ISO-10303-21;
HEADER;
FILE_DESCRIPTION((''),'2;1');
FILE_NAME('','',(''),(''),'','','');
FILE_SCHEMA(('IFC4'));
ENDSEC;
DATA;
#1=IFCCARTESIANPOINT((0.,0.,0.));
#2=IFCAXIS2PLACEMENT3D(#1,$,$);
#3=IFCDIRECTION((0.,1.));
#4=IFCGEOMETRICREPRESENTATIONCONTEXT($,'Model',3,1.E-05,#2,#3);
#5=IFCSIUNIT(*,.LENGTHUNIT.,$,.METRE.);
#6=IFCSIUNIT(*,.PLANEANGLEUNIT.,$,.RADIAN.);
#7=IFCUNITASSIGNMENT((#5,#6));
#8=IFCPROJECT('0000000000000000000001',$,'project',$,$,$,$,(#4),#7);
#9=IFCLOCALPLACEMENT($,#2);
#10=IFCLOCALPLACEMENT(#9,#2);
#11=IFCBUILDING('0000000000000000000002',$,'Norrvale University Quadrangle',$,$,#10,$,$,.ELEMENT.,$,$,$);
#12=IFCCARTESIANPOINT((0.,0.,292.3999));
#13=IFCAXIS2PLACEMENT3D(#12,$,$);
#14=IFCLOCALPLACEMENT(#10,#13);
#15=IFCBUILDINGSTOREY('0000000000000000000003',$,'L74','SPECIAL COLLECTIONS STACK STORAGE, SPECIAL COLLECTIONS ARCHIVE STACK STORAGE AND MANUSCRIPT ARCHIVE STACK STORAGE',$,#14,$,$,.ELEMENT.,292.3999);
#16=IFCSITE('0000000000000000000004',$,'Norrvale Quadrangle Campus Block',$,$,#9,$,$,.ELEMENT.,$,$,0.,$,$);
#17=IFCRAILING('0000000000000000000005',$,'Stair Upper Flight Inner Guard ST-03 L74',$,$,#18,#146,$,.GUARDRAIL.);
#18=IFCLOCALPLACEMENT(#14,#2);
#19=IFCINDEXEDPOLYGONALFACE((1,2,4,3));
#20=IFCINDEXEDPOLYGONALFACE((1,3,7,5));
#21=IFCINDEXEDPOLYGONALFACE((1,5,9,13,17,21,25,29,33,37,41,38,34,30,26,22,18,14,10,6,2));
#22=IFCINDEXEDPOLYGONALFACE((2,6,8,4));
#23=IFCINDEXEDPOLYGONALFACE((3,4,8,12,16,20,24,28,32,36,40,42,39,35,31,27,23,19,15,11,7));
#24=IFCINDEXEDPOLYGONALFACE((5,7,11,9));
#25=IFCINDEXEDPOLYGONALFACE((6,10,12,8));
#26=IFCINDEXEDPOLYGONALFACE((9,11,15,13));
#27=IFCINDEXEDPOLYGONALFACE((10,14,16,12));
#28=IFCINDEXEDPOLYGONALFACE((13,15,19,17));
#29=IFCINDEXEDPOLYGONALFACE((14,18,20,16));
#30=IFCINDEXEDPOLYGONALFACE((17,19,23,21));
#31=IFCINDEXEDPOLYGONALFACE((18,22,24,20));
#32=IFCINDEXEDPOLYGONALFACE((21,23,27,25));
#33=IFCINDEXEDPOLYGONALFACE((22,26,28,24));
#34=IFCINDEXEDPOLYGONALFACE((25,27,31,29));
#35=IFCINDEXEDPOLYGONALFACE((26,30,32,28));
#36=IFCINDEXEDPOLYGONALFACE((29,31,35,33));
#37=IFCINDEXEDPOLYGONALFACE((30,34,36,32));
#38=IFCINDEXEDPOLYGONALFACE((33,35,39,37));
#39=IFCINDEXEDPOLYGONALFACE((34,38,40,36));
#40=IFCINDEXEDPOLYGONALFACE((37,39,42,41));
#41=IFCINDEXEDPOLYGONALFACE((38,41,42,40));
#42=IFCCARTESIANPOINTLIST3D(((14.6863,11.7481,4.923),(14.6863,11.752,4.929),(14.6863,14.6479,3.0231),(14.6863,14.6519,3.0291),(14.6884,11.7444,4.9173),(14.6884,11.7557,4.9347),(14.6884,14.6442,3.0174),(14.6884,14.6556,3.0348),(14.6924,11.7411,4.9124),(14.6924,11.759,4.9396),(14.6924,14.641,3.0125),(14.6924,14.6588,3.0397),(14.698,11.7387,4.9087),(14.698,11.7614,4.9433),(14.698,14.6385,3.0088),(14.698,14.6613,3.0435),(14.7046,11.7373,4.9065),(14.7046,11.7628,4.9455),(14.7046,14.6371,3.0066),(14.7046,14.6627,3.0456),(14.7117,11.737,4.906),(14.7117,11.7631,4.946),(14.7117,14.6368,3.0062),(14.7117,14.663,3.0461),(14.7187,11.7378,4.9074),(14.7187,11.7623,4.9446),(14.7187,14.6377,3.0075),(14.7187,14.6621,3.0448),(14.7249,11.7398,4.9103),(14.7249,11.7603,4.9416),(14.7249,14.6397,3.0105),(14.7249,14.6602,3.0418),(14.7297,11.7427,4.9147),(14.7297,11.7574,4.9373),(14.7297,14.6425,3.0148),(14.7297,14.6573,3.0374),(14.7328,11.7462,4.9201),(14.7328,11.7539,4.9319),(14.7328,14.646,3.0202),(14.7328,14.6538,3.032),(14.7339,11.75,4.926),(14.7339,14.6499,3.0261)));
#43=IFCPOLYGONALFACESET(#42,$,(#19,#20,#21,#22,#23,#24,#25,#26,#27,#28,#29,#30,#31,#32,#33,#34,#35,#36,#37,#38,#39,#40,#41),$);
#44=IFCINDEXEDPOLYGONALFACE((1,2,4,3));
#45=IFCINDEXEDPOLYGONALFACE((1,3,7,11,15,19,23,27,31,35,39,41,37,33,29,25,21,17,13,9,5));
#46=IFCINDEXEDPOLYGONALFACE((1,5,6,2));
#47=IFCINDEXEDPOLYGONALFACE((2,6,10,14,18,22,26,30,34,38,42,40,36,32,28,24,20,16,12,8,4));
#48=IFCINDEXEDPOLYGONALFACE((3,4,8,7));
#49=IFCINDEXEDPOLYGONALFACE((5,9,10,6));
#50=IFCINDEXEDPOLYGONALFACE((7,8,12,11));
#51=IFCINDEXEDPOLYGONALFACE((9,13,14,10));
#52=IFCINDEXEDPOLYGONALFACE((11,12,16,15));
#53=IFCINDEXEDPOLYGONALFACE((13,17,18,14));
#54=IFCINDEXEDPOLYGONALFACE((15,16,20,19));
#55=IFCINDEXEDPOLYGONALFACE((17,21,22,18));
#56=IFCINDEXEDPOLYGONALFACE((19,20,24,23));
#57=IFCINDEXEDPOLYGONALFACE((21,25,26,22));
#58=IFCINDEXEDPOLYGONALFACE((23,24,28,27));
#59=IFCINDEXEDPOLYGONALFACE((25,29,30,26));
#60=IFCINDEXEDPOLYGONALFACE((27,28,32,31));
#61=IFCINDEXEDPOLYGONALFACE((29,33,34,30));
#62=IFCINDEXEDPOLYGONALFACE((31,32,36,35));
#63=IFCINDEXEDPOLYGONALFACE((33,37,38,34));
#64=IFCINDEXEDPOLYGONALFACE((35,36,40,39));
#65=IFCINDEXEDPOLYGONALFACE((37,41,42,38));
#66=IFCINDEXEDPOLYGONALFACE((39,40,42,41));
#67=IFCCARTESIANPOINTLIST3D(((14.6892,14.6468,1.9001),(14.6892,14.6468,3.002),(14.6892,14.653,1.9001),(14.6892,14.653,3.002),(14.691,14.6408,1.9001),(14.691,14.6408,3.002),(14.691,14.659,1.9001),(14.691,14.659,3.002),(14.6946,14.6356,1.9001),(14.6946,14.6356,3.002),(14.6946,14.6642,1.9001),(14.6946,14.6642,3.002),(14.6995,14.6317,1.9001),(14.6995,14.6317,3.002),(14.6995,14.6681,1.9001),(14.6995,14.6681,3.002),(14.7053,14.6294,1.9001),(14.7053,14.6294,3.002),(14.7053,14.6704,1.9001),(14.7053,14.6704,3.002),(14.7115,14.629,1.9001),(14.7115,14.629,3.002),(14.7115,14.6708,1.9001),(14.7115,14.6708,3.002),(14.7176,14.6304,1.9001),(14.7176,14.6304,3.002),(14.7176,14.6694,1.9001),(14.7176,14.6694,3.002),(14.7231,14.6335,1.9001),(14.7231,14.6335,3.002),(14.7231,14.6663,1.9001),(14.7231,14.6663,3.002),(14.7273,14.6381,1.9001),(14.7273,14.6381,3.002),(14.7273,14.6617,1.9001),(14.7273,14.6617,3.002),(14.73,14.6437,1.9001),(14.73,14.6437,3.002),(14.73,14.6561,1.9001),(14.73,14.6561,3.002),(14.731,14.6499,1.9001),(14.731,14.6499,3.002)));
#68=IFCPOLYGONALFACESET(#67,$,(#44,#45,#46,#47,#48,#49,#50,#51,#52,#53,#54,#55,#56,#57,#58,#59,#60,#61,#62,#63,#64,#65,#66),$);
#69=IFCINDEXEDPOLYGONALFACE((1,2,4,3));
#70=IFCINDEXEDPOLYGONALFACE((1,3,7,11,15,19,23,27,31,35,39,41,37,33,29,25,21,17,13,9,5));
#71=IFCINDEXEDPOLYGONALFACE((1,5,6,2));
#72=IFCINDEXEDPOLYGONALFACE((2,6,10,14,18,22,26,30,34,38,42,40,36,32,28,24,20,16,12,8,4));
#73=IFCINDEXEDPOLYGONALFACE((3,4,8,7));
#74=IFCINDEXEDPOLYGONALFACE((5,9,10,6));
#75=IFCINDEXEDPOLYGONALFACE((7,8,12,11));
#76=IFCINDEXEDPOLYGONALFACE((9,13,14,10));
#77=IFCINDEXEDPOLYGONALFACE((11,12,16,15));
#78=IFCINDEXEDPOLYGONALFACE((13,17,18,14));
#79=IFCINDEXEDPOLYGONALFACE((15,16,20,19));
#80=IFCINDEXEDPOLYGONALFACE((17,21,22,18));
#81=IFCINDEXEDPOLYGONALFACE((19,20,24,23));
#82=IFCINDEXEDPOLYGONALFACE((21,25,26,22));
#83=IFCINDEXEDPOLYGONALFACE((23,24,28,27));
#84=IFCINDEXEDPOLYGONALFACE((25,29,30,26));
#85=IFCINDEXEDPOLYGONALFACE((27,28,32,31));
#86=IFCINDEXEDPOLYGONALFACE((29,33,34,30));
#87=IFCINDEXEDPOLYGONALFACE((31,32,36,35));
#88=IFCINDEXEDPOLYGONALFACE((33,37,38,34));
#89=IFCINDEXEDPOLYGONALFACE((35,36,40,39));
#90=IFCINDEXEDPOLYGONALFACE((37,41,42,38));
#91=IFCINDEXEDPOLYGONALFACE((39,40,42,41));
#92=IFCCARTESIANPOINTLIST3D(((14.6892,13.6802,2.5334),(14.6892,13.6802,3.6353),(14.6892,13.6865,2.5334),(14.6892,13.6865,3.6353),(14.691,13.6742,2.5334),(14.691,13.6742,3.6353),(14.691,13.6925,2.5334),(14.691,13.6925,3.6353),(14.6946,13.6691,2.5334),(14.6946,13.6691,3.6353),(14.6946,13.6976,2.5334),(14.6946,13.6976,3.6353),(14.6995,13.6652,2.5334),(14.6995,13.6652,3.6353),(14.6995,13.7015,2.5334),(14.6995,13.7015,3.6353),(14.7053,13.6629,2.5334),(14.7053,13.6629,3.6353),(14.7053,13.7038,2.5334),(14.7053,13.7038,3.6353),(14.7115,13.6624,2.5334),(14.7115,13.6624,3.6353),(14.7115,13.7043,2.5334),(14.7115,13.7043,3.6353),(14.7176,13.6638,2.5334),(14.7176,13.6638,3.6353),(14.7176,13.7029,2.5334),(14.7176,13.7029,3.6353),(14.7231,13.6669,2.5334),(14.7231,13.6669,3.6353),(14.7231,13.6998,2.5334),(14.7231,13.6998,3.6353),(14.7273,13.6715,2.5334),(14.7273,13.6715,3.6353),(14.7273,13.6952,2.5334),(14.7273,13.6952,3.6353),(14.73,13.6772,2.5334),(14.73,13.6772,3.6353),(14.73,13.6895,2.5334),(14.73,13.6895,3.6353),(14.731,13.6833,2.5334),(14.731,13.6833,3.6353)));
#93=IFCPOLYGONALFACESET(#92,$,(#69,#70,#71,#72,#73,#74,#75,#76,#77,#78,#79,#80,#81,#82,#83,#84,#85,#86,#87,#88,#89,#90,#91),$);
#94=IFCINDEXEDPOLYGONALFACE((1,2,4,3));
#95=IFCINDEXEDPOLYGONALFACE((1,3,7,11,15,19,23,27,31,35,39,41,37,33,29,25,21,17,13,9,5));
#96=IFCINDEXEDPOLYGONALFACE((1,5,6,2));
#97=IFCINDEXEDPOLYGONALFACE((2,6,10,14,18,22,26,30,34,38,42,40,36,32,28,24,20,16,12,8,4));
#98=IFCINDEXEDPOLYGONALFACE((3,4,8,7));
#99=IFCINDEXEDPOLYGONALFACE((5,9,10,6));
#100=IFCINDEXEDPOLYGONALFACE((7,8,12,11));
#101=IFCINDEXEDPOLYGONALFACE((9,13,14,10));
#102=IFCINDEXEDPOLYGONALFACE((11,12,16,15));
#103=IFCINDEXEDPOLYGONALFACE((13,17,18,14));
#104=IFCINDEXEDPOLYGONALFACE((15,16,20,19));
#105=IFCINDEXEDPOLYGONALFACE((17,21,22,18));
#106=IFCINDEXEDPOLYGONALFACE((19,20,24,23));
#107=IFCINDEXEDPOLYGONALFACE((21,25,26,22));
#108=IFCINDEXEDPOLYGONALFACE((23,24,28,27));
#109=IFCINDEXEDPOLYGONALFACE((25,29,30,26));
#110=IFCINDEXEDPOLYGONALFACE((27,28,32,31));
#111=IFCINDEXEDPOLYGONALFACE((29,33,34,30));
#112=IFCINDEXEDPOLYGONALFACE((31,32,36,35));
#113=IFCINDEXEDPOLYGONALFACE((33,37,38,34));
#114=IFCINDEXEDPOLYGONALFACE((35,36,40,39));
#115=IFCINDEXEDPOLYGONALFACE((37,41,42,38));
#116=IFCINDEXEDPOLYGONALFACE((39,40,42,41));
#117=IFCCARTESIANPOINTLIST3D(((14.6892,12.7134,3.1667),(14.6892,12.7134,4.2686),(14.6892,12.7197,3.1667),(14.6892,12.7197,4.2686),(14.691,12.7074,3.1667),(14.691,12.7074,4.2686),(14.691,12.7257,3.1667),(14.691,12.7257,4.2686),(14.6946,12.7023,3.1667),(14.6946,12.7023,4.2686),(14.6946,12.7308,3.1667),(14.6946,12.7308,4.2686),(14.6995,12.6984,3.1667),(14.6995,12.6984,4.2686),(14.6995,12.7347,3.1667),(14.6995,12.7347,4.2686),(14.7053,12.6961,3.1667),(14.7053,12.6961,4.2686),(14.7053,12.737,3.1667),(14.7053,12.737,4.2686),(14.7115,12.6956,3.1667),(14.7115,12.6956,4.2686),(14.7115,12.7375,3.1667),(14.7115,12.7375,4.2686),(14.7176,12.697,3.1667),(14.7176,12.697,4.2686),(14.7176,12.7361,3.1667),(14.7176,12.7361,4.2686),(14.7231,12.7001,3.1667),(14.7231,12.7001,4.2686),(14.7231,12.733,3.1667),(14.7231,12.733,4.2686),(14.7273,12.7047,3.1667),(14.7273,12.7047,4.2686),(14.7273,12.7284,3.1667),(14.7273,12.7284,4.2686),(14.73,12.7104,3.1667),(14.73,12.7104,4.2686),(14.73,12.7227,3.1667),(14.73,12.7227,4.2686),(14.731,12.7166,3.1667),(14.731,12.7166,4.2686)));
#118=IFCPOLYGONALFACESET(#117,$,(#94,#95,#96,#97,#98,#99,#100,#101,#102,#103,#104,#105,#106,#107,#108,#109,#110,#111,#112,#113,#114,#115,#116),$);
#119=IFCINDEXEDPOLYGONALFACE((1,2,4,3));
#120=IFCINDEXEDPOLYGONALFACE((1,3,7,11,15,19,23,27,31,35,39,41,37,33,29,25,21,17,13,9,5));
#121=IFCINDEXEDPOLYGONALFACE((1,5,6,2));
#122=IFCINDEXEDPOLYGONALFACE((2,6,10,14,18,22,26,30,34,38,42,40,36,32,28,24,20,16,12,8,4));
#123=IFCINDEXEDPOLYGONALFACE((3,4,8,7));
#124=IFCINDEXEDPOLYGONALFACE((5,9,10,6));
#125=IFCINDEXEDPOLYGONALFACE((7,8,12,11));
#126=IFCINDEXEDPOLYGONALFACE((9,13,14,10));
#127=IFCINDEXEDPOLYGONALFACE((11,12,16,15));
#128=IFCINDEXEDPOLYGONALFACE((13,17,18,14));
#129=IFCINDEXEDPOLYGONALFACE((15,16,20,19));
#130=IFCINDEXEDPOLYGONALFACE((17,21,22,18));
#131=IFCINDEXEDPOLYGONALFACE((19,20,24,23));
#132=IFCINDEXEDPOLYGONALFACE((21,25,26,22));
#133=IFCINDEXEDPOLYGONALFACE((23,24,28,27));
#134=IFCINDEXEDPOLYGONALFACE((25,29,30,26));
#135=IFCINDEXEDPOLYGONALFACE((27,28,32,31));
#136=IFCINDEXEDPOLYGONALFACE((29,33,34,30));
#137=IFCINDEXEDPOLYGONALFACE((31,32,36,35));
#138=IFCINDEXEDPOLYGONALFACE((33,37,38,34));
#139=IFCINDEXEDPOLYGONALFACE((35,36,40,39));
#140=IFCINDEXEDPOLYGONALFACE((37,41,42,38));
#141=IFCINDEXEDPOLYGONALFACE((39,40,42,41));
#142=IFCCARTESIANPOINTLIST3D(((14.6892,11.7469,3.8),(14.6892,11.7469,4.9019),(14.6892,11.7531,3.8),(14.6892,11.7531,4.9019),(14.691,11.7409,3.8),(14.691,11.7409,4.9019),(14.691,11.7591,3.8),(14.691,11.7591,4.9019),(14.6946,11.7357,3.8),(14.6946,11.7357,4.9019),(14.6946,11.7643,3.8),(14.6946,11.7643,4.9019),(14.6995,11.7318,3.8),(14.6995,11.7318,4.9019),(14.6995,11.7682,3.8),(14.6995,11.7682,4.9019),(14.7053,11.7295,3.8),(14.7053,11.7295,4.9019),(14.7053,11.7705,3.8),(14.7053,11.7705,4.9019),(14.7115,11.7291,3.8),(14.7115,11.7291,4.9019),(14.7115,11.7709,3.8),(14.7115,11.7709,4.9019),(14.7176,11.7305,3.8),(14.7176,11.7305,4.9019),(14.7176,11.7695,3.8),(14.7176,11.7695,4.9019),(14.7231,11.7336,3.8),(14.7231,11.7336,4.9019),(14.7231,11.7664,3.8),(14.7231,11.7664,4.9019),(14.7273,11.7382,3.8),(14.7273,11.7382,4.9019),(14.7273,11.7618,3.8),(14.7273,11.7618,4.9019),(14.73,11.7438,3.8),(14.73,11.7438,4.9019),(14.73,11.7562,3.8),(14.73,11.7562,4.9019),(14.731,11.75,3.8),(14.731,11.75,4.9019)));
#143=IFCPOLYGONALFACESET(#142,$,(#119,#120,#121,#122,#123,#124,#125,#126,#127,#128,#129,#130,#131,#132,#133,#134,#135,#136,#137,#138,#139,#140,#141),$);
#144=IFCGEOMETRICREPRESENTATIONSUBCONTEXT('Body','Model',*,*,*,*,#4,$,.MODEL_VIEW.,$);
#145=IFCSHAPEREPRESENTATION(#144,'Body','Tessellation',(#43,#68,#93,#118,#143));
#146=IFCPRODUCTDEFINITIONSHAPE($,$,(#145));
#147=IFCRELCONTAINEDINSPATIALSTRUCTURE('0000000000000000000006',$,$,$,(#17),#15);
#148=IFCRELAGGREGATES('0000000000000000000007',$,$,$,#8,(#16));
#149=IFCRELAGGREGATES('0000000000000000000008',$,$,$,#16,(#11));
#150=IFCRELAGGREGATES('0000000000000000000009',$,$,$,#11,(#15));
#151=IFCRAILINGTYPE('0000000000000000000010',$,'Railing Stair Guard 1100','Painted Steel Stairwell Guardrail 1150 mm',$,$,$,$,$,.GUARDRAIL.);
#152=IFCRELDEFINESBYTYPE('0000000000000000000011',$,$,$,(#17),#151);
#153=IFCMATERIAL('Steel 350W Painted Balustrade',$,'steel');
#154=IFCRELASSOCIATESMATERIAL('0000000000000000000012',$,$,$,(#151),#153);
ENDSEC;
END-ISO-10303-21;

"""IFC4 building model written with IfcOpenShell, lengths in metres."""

from ifc_helpers import new_model, si_unit, direction, frame, origin, origin_2d, place, context, subcontext, project, spatial, circle, extrude, material, type_object, element, save


model = new_model("IFC4")

# Units and contexts
model_context = context("Model", 3, precision=1e-05, world=origin(), true_north=direction((0.0, 1.0)))
body_context = subcontext(model_context, "Body", "Model", "MODEL_VIEW")
ifc_project = project(units=[si_unit("LENGTHUNIT", "METRE"), si_unit("PLANEANGLEUNIT", "RADIAN")], contexts=[model_context])

# Site, building, storey
site_placement = place(None, origin())
site = spatial("IfcSite", under=ifc_project, at=site_placement, Name="Norrvale Quadrangle Campus Block", CompositionType="ELEMENT", RefElevation=0.0)
building_placement = place(site_placement, origin())
building = spatial("IfcBuilding", under=site, at=building_placement, Name="Norrvale University Quadrangle", CompositionType="ELEMENT")
storey_placement = place(building_placement, frame((0.0, 0.0, 292.3999)))
storey = spatial("IfcBuildingStorey", under=building, at=storey_placement, Name="L74", Description="SPECIAL COLLECTIONS STACK STORAGE, SPECIAL COLLECTIONS ARCHIVE STACK STORAGE AND MANUSCRIPT ARCHIVE STACK STORAGE", CompositionType="ELEMENT", Elevation=292.3999)

# Railing
ifc_material_1 = material(Name="Steel 350W Painted Balustrade", Category="steel")
railing_type_1 = type_object("IfcRailingType", Name="Railing Stair Guard 1100", Description="Painted Steel Stairwell Guardrail 1150 mm", PredefinedType="GUARDRAIL", material=ifc_material_1)
railing_1_placement = place(storey_placement, frame((14.71, 14.6499, 1.9001)))
element("IfcRailing", 1, at=railing_1_placement, inside=storey, type_object=railing_type_1, Name="Stair Upper Flight Inner Guard ST-03 L74", PredefinedType="GUARDRAIL", context=body_context, shape_type="SweptSolid", body=[
    extrude(circle(Radius=0.0239, at=origin_2d()), frame((0.0, 0.0, 1.126), z_axis=(0.0, -0.836466, 0.548019), x_axis=(1.0, 0.0, 0.0)), (0.0, 0.0, 1.0), 3.4668),
    extrude(circle(Radius=0.021, at=origin_2d()), origin(), (0.0, 0.0, 1.0), 1.1018),
    extrude(circle(Radius=0.021, at=origin_2d()), frame((0.0, -0.9666, 0.6333)), (0.0, 0.0, 1.0), 1.1018),
    extrude(circle(Radius=0.021, at=origin_2d()), frame((0.0, -1.9333, 1.2666)), (0.0, 0.0, 1.0), 1.1018),
    extrude(circle(Radius=0.021, at=origin_2d()), frame((0.0, -2.8999, 1.8999)), (0.0, 0.0, 1.0), 1.1018),
])

save(model, "model.ifc")
